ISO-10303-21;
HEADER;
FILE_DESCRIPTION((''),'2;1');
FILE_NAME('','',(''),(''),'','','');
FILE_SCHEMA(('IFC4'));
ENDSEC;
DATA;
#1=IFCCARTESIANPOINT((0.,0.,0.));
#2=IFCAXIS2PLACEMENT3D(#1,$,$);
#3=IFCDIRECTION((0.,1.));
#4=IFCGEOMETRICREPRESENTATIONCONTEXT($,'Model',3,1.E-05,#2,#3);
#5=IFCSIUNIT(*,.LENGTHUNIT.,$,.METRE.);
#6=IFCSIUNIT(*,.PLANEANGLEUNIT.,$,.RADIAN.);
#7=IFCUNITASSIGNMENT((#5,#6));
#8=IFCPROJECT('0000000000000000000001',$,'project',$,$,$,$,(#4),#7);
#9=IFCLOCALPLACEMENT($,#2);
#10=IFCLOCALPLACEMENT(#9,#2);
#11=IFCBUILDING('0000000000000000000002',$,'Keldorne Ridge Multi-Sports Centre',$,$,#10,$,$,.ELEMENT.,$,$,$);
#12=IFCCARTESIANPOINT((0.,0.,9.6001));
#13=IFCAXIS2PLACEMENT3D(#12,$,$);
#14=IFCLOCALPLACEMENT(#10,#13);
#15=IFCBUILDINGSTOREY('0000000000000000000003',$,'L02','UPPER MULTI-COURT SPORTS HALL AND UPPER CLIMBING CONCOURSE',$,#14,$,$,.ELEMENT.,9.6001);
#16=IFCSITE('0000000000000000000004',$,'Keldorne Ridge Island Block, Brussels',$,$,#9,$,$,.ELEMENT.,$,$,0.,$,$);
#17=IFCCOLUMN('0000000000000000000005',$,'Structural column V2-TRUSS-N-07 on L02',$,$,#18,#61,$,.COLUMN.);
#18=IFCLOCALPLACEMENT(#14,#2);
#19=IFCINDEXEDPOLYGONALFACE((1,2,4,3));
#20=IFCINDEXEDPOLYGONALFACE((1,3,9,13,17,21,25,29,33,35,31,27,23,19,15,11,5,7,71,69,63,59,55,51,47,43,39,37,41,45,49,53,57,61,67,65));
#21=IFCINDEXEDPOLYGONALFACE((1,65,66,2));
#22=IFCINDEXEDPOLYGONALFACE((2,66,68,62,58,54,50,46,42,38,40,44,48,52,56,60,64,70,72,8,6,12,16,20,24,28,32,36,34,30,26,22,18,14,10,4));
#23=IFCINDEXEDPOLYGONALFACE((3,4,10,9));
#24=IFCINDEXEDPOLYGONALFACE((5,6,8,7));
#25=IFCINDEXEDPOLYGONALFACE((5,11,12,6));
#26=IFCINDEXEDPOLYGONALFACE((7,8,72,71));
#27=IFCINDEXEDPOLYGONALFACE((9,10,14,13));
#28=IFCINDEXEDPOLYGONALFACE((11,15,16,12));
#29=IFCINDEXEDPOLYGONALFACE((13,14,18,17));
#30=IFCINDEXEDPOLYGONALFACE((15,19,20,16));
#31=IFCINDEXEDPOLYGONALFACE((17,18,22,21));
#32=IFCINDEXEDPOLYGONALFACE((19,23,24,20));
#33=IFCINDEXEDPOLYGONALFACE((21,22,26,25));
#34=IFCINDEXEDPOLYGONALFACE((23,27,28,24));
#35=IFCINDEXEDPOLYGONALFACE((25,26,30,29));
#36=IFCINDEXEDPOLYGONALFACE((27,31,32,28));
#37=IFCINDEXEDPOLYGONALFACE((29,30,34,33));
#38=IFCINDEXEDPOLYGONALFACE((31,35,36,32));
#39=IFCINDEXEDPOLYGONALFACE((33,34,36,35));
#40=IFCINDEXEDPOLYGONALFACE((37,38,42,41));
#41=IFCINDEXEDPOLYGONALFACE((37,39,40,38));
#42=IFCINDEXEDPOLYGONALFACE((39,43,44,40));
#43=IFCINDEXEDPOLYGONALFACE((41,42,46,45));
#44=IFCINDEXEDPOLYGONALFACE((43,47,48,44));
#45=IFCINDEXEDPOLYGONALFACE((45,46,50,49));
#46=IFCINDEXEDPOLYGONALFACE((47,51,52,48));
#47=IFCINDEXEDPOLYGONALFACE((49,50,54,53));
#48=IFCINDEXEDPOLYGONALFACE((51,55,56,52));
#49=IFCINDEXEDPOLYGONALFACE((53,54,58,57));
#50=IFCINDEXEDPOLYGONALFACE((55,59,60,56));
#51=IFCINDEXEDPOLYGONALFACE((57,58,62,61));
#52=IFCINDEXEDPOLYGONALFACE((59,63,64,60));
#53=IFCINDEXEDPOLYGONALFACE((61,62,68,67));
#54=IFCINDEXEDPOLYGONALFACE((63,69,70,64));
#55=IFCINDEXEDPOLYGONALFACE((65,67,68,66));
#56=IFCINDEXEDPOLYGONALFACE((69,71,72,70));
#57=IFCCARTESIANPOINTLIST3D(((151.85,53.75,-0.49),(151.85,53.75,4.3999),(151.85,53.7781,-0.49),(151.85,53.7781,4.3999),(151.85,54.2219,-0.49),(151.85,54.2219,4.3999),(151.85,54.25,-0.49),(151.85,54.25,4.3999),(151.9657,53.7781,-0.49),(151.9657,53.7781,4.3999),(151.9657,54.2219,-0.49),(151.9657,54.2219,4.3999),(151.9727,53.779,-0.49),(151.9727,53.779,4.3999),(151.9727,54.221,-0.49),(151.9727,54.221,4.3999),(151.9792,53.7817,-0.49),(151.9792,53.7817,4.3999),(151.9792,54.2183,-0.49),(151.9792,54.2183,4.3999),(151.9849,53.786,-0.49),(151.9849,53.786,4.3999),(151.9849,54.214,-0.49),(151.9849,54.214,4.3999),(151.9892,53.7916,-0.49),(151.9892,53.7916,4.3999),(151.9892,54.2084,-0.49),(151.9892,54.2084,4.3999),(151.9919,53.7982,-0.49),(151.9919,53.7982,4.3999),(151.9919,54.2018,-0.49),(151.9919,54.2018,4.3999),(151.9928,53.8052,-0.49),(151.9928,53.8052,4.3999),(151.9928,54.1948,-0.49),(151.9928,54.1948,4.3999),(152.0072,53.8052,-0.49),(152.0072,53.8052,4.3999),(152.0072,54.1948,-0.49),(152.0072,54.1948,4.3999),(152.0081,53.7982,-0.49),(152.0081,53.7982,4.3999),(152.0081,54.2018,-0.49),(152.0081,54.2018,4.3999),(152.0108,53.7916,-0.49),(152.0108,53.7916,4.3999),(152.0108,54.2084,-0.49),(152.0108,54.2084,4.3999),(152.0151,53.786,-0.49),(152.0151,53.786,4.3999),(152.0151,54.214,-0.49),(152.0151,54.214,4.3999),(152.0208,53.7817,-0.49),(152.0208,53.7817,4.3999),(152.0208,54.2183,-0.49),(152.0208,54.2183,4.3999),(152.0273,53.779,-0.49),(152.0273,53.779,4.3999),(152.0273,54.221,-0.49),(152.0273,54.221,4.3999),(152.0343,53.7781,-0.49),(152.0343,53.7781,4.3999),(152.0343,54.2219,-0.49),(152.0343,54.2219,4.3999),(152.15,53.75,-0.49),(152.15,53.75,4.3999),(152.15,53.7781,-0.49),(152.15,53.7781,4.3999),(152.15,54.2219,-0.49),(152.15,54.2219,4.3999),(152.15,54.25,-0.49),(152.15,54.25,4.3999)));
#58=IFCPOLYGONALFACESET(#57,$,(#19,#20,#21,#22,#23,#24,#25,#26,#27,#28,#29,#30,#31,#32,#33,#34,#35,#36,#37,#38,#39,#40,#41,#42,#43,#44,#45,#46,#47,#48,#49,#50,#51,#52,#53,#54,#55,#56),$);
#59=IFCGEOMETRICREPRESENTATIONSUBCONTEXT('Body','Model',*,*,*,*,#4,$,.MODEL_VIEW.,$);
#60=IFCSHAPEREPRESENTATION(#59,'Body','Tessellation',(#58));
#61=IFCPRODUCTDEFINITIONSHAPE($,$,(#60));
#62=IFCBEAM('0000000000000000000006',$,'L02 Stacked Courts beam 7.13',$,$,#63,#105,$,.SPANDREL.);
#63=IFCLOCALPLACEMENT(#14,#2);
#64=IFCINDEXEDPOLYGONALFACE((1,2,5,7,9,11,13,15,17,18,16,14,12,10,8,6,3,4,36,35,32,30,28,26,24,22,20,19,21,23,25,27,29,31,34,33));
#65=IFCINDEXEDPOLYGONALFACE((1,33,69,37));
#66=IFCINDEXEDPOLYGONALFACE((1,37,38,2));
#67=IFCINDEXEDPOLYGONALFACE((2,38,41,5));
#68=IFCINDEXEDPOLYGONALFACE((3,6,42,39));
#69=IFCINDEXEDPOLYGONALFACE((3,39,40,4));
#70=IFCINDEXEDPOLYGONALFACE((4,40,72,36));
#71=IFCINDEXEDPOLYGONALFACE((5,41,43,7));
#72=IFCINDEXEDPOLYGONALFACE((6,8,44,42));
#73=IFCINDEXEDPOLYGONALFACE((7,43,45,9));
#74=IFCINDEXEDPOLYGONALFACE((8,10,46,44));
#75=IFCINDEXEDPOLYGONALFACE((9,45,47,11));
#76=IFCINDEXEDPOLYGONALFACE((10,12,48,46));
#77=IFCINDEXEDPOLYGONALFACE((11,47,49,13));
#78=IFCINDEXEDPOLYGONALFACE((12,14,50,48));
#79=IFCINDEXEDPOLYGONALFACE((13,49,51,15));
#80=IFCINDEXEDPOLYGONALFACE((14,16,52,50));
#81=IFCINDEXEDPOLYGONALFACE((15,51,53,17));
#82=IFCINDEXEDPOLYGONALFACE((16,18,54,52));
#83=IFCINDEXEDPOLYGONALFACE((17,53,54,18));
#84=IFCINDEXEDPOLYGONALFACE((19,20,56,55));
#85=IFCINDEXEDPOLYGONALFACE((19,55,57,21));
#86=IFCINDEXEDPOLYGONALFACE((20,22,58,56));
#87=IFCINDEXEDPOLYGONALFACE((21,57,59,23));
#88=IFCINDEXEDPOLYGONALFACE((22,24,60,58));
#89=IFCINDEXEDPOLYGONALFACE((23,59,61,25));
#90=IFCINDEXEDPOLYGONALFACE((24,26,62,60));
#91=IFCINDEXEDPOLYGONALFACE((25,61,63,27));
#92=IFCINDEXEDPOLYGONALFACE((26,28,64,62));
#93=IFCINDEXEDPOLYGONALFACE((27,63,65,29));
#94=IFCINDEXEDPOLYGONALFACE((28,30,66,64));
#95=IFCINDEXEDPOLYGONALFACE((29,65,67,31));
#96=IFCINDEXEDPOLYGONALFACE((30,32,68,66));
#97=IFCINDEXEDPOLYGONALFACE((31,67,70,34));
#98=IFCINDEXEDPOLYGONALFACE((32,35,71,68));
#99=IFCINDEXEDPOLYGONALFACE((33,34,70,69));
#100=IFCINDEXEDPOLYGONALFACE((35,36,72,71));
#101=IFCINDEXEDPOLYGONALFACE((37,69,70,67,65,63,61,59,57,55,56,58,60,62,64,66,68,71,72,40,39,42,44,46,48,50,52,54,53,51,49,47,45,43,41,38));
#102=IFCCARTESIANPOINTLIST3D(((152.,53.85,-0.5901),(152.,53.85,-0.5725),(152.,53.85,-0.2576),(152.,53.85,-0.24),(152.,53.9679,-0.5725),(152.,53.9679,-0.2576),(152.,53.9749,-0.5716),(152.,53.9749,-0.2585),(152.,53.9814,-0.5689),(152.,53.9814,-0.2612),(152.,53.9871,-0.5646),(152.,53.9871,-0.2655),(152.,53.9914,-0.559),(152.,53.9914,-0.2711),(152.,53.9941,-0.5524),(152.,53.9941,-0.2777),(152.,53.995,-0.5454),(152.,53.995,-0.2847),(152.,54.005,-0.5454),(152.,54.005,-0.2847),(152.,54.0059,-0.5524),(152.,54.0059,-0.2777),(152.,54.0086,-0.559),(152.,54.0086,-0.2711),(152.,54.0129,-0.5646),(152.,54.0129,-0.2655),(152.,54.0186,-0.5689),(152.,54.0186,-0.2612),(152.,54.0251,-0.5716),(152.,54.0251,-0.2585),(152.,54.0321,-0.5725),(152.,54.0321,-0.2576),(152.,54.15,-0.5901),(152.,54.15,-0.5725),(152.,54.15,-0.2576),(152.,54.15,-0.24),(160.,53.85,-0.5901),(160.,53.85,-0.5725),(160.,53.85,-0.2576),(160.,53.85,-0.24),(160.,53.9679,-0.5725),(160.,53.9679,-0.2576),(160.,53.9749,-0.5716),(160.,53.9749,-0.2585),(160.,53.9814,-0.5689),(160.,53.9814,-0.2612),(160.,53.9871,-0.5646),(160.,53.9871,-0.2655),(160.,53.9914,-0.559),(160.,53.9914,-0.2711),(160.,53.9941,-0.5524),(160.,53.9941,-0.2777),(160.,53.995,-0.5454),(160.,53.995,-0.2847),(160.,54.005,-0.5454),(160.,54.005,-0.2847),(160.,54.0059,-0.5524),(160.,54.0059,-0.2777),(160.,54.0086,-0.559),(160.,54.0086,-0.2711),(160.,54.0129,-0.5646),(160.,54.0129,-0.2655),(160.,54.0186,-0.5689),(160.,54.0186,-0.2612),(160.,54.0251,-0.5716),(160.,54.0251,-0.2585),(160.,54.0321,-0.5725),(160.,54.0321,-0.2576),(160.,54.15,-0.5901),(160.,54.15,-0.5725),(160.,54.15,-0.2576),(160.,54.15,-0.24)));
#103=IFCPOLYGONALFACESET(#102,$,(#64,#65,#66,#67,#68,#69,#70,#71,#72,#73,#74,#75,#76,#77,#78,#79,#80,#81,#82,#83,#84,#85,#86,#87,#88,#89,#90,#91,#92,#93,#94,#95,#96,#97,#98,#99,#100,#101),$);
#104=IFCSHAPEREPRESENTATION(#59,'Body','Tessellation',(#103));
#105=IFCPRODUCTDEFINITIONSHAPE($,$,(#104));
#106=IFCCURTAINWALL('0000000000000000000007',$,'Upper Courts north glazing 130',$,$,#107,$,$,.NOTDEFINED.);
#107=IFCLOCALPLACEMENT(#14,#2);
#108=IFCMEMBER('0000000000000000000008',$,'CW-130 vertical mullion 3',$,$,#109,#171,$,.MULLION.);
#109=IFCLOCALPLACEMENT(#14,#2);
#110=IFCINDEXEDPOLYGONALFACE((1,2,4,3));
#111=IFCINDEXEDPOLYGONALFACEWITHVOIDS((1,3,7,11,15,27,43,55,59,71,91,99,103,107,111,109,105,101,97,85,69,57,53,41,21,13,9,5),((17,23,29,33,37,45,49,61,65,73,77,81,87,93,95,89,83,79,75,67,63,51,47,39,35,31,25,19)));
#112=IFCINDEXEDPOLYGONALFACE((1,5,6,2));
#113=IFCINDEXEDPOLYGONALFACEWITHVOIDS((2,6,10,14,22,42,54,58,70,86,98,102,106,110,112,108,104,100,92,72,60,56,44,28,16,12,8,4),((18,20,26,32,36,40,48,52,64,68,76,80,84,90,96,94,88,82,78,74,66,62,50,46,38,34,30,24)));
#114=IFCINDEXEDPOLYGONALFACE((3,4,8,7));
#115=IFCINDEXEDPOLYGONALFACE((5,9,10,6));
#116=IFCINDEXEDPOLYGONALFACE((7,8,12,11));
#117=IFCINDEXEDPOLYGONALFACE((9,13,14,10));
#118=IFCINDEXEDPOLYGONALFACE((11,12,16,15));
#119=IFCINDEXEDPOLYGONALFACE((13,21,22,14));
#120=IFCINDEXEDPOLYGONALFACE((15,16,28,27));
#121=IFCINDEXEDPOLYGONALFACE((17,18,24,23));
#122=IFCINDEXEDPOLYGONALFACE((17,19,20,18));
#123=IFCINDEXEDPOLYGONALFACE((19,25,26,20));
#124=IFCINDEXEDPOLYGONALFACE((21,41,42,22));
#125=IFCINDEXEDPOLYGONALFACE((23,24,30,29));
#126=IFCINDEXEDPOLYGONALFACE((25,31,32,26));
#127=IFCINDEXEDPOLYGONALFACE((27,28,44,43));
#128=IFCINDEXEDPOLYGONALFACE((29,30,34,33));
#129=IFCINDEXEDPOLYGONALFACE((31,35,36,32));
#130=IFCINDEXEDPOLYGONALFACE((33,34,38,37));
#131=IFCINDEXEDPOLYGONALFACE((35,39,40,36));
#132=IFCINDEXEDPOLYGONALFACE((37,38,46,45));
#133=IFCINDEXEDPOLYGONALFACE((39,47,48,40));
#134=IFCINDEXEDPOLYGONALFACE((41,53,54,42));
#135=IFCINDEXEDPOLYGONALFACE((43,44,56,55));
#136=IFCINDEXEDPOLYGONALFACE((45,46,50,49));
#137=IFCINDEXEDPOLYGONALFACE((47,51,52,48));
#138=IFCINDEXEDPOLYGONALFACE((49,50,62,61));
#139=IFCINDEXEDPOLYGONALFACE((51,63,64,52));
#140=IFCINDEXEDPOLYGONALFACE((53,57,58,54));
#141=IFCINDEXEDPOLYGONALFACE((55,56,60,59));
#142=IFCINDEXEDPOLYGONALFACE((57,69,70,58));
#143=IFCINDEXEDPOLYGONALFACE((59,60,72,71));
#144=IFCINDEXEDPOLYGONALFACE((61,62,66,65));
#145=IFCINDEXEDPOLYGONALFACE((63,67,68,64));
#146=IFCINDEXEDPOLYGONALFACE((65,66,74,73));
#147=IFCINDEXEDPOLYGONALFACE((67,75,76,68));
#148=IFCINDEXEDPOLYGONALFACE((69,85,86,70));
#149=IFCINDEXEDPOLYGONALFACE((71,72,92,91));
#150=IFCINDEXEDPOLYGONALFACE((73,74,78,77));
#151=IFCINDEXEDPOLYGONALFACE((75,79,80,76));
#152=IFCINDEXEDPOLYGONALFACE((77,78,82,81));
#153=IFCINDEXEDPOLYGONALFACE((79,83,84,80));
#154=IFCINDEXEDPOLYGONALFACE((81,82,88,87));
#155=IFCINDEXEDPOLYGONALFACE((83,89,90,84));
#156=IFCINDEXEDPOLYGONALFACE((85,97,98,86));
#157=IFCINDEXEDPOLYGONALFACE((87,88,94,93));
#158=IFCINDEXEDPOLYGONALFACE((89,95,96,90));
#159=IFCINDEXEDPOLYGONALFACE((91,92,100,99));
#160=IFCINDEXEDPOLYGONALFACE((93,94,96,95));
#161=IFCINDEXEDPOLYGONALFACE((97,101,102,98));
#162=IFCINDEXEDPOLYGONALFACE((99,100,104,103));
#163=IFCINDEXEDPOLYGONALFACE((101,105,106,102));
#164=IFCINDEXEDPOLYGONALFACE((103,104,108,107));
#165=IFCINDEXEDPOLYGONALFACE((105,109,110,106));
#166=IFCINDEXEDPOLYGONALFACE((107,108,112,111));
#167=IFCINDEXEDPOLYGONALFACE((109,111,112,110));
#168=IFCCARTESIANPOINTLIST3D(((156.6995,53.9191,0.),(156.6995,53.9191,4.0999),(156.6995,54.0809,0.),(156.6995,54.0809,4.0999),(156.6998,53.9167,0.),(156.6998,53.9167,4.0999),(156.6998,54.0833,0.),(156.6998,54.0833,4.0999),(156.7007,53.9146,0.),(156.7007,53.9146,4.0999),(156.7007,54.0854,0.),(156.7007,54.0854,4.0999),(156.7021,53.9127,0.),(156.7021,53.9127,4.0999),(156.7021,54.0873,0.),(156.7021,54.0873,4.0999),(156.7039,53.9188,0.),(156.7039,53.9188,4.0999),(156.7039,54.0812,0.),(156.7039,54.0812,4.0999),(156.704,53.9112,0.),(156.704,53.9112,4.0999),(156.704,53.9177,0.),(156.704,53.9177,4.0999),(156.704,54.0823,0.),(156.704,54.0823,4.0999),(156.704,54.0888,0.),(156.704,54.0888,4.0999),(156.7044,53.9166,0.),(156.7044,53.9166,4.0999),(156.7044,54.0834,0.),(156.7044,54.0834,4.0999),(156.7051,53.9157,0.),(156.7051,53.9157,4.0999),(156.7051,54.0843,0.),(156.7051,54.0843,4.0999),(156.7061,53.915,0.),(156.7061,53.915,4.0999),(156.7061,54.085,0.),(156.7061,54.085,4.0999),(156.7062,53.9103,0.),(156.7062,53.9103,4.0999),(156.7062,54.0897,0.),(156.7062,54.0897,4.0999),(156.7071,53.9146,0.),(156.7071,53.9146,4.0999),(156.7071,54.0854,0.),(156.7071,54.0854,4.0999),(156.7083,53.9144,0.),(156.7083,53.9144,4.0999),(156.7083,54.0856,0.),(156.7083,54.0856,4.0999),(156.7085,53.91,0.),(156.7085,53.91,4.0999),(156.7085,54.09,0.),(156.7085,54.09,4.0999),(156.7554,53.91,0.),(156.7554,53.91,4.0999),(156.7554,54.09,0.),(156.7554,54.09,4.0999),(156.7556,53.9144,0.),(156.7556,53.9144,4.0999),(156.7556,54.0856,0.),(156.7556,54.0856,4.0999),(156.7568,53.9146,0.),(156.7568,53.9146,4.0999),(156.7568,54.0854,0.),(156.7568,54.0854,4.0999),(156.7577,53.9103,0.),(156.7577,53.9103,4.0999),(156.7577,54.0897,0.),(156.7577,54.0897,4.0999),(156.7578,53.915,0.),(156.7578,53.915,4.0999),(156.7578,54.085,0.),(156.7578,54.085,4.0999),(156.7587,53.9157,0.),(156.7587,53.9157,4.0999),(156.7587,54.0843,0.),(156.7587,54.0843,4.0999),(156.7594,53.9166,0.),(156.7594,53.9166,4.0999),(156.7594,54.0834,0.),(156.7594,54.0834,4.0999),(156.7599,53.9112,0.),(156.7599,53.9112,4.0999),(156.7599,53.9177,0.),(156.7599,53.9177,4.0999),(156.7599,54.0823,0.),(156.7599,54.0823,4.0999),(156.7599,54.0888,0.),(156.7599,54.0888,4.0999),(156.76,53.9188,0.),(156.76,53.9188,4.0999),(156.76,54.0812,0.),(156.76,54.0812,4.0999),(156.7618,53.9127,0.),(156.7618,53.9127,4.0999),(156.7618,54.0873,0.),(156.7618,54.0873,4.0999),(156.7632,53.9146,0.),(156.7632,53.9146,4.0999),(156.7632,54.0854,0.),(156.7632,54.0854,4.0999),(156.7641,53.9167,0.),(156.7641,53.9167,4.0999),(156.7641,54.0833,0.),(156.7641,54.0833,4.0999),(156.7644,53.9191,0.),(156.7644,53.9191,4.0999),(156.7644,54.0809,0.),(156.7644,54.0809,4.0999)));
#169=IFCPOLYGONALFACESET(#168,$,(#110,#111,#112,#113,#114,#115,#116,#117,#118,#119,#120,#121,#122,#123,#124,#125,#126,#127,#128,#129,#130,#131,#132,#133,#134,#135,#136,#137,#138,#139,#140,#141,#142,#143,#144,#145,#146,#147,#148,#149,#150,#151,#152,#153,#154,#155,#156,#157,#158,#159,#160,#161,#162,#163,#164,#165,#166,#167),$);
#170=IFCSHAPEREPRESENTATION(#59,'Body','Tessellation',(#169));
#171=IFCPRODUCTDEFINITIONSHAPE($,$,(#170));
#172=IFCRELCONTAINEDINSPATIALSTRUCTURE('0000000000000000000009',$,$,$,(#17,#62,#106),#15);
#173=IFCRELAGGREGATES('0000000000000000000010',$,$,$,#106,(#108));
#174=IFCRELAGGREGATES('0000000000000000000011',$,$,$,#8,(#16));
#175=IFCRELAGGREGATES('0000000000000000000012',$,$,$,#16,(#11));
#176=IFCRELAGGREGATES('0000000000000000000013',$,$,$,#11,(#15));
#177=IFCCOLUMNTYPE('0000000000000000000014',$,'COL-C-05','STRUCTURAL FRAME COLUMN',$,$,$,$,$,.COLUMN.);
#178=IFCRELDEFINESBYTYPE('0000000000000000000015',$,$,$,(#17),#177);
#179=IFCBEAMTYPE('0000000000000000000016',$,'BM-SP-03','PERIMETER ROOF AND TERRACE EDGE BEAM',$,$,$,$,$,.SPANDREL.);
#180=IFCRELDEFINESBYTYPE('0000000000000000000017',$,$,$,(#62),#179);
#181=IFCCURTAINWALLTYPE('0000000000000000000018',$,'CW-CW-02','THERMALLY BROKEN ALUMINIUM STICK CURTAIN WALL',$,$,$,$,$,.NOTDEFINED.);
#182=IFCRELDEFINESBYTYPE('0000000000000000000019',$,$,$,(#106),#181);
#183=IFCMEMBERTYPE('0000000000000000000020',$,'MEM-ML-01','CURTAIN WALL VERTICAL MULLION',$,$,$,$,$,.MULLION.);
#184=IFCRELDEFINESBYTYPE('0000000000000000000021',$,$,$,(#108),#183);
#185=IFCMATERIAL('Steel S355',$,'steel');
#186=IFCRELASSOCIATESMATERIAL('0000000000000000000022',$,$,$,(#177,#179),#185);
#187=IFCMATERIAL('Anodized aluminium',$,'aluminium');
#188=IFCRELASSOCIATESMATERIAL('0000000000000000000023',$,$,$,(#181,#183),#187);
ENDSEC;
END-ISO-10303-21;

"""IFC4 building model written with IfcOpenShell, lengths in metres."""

from ifc_helpers import new_model, si_unit, direction, frame, origin, origin_2d, place, context, subcontext, project, spatial, hollow_rectangle, i_section, extrude, material, material_profile, profile_set, type_object, element, aggregate, save


model = new_model("IFC4")

# Units and contexts
model_context = context("Model", 3, precision=1e-05, world=origin(), true_north=direction((0.0, 1.0)))
body_context = subcontext(model_context, "Body", "Model", "MODEL_VIEW")
ifc_project = project(units=[si_unit("LENGTHUNIT", "METRE"), si_unit("PLANEANGLEUNIT", "RADIAN")], contexts=[model_context])

# Site, building, storey
site_placement = place(None, origin())
site = spatial("IfcSite", under=ifc_project, at=site_placement, Name="Keldorne Ridge Island Block, Brussels", CompositionType="ELEMENT", RefElevation=0.0)
building_placement = place(site_placement, origin())
building = spatial("IfcBuilding", under=site, at=building_placement, Name="Keldorne Ridge Multi-Sports Centre", CompositionType="ELEMENT")
storey_placement = place(building_placement, frame((0.0, 0.0, 9.6001)))
storey = spatial("IfcBuildingStorey", under=building, at=storey_placement, Name="L02", Description="UPPER MULTI-COURT SPORTS HALL AND UPPER CLIMBING CONCOURSE", CompositionType="ELEMENT", Elevation=9.6001)

# Column
ifc_material_1 = material(Name="Steel S355", Category="steel")
ifc_material_profile_1 = material_profile(ifc_material_1, i_section(OverallWidth=0.3, OverallDepth=0.5, WebThickness=0.0144, FlangeThickness=0.0281, FilletRadius=0.0271, at=origin_2d()), Name="HEB 500")
ifc_profile_set_1 = profile_set([ifc_material_profile_1], Name="Steel S355")
column_type = type_object("IfcColumnType", Name="COL-C-05", Description="STRUCTURAL FRAME COLUMN", PredefinedType="COLUMN", material=ifc_profile_set_1)
column_placement = place(storey_placement, frame((152.0, 54.0, -0.49), z_axis=(0.0, 0.0, 1.0), x_axis=(1.0, 0.0, 0.0)))
element("IfcColumn", 1, at=column_placement, inside=storey, type_object=column_type, Name="Structural column V2-TRUSS-N-07 on L02", PredefinedType="COLUMN", context=body_context, shape_type="SweptSolid", body=[
    extrude(i_section(OverallWidth=0.3, OverallDepth=0.5, WebThickness=0.0144, FlangeThickness=0.0281, FilletRadius=0.0271, at=origin_2d()), origin(), (0.0, 0.0, 1.0), 4.8899),
])

# Beam
ifc_material_profile_2 = material_profile(ifc_material_1, i_section(OverallWidth=0.3, OverallDepth=0.3501, WebThickness=0.01, FlangeThickness=0.0176, FilletRadius=0.0271, at=origin_2d()), Name="HEA 360")
ifc_profile_set_2 = profile_set([ifc_material_profile_2], Name="Steel S355")
beam_type = type_object("IfcBeamType", Name="BM-SP-03", Description="PERIMETER ROOF AND TERRACE EDGE BEAM", PredefinedType="SPANDREL", material=ifc_profile_set_2)
beam_placement = place(storey_placement, frame((152.0, 54.0, -0.415), z_axis=(1.0, 0.0, 0.0), x_axis=(0.0, 1.0, 0.0)))
element("IfcBeam", 2, at=beam_placement, inside=storey, type_object=beam_type, Name="L02 Stacked Courts beam 7.13", PredefinedType="SPANDREL", context=body_context, shape_type="SweptSolid", body=[
    extrude(i_section(OverallWidth=0.3, OverallDepth=0.3501, WebThickness=0.01, FlangeThickness=0.0176, FilletRadius=0.0271, at=origin_2d()), origin(), (0.0, 0.0, 1.0), 8.0),
])

# Curtain wall, member
ifc_material_2 = material(Name="Anodized aluminium", Category="aluminium")
curtain_wall_type = type_object("IfcCurtainWallType", Name="CW-CW-02", Description="THERMALLY BROKEN ALUMINIUM STICK CURTAIN WALL", PredefinedType="NOTDEFINED", material=ifc_material_2)
curtain_wall_placement = place(storey_placement, origin())
curtain_wall = element("IfcCurtainWall", 3, at=curtain_wall_placement, inside=storey, type_object=curtain_wall_type, Name="Upper Courts north glazing 130", PredefinedType="NOTDEFINED")
ifc_material_profile_3 = material_profile(ifc_material_2, hollow_rectangle(XDim=0.0649, YDim=0.1799, WallThickness=0.0044, InnerFilletRadius=0.0044, OuterFilletRadius=0.009, at=origin_2d()), Name="ALU MULLION 180x65x4.5")
ifc_profile_set_3 = profile_set([ifc_material_profile_3], Name="Anodized aluminium")
member_type_1 = type_object("IfcMemberType", Name="MEM-ML-01", Description="CURTAIN WALL VERTICAL MULLION", PredefinedType="MULLION", material=ifc_profile_set_3)
member_1_placement = place(storey_placement, frame((156.7319, 54.0, 0.0), z_axis=(0.0, 0.0, 1.0), x_axis=(1.0, 0.0, 0.0)))
member_1 = element("IfcMember", 4, at=member_1_placement, type_object=member_type_1, Name="CW-130 vertical mullion 3", PredefinedType="MULLION", context=body_context, shape_type="SweptSolid", body=[
    extrude(hollow_rectangle(XDim=0.0649, YDim=0.1799, WallThickness=0.0044, InnerFilletRadius=0.0044, OuterFilletRadius=0.009, at=origin_2d()), origin(), (0.0, 0.0, 1.0), 4.0999),
])
aggregate(curtain_wall, [member_1])

save(model, "model.ifc")
